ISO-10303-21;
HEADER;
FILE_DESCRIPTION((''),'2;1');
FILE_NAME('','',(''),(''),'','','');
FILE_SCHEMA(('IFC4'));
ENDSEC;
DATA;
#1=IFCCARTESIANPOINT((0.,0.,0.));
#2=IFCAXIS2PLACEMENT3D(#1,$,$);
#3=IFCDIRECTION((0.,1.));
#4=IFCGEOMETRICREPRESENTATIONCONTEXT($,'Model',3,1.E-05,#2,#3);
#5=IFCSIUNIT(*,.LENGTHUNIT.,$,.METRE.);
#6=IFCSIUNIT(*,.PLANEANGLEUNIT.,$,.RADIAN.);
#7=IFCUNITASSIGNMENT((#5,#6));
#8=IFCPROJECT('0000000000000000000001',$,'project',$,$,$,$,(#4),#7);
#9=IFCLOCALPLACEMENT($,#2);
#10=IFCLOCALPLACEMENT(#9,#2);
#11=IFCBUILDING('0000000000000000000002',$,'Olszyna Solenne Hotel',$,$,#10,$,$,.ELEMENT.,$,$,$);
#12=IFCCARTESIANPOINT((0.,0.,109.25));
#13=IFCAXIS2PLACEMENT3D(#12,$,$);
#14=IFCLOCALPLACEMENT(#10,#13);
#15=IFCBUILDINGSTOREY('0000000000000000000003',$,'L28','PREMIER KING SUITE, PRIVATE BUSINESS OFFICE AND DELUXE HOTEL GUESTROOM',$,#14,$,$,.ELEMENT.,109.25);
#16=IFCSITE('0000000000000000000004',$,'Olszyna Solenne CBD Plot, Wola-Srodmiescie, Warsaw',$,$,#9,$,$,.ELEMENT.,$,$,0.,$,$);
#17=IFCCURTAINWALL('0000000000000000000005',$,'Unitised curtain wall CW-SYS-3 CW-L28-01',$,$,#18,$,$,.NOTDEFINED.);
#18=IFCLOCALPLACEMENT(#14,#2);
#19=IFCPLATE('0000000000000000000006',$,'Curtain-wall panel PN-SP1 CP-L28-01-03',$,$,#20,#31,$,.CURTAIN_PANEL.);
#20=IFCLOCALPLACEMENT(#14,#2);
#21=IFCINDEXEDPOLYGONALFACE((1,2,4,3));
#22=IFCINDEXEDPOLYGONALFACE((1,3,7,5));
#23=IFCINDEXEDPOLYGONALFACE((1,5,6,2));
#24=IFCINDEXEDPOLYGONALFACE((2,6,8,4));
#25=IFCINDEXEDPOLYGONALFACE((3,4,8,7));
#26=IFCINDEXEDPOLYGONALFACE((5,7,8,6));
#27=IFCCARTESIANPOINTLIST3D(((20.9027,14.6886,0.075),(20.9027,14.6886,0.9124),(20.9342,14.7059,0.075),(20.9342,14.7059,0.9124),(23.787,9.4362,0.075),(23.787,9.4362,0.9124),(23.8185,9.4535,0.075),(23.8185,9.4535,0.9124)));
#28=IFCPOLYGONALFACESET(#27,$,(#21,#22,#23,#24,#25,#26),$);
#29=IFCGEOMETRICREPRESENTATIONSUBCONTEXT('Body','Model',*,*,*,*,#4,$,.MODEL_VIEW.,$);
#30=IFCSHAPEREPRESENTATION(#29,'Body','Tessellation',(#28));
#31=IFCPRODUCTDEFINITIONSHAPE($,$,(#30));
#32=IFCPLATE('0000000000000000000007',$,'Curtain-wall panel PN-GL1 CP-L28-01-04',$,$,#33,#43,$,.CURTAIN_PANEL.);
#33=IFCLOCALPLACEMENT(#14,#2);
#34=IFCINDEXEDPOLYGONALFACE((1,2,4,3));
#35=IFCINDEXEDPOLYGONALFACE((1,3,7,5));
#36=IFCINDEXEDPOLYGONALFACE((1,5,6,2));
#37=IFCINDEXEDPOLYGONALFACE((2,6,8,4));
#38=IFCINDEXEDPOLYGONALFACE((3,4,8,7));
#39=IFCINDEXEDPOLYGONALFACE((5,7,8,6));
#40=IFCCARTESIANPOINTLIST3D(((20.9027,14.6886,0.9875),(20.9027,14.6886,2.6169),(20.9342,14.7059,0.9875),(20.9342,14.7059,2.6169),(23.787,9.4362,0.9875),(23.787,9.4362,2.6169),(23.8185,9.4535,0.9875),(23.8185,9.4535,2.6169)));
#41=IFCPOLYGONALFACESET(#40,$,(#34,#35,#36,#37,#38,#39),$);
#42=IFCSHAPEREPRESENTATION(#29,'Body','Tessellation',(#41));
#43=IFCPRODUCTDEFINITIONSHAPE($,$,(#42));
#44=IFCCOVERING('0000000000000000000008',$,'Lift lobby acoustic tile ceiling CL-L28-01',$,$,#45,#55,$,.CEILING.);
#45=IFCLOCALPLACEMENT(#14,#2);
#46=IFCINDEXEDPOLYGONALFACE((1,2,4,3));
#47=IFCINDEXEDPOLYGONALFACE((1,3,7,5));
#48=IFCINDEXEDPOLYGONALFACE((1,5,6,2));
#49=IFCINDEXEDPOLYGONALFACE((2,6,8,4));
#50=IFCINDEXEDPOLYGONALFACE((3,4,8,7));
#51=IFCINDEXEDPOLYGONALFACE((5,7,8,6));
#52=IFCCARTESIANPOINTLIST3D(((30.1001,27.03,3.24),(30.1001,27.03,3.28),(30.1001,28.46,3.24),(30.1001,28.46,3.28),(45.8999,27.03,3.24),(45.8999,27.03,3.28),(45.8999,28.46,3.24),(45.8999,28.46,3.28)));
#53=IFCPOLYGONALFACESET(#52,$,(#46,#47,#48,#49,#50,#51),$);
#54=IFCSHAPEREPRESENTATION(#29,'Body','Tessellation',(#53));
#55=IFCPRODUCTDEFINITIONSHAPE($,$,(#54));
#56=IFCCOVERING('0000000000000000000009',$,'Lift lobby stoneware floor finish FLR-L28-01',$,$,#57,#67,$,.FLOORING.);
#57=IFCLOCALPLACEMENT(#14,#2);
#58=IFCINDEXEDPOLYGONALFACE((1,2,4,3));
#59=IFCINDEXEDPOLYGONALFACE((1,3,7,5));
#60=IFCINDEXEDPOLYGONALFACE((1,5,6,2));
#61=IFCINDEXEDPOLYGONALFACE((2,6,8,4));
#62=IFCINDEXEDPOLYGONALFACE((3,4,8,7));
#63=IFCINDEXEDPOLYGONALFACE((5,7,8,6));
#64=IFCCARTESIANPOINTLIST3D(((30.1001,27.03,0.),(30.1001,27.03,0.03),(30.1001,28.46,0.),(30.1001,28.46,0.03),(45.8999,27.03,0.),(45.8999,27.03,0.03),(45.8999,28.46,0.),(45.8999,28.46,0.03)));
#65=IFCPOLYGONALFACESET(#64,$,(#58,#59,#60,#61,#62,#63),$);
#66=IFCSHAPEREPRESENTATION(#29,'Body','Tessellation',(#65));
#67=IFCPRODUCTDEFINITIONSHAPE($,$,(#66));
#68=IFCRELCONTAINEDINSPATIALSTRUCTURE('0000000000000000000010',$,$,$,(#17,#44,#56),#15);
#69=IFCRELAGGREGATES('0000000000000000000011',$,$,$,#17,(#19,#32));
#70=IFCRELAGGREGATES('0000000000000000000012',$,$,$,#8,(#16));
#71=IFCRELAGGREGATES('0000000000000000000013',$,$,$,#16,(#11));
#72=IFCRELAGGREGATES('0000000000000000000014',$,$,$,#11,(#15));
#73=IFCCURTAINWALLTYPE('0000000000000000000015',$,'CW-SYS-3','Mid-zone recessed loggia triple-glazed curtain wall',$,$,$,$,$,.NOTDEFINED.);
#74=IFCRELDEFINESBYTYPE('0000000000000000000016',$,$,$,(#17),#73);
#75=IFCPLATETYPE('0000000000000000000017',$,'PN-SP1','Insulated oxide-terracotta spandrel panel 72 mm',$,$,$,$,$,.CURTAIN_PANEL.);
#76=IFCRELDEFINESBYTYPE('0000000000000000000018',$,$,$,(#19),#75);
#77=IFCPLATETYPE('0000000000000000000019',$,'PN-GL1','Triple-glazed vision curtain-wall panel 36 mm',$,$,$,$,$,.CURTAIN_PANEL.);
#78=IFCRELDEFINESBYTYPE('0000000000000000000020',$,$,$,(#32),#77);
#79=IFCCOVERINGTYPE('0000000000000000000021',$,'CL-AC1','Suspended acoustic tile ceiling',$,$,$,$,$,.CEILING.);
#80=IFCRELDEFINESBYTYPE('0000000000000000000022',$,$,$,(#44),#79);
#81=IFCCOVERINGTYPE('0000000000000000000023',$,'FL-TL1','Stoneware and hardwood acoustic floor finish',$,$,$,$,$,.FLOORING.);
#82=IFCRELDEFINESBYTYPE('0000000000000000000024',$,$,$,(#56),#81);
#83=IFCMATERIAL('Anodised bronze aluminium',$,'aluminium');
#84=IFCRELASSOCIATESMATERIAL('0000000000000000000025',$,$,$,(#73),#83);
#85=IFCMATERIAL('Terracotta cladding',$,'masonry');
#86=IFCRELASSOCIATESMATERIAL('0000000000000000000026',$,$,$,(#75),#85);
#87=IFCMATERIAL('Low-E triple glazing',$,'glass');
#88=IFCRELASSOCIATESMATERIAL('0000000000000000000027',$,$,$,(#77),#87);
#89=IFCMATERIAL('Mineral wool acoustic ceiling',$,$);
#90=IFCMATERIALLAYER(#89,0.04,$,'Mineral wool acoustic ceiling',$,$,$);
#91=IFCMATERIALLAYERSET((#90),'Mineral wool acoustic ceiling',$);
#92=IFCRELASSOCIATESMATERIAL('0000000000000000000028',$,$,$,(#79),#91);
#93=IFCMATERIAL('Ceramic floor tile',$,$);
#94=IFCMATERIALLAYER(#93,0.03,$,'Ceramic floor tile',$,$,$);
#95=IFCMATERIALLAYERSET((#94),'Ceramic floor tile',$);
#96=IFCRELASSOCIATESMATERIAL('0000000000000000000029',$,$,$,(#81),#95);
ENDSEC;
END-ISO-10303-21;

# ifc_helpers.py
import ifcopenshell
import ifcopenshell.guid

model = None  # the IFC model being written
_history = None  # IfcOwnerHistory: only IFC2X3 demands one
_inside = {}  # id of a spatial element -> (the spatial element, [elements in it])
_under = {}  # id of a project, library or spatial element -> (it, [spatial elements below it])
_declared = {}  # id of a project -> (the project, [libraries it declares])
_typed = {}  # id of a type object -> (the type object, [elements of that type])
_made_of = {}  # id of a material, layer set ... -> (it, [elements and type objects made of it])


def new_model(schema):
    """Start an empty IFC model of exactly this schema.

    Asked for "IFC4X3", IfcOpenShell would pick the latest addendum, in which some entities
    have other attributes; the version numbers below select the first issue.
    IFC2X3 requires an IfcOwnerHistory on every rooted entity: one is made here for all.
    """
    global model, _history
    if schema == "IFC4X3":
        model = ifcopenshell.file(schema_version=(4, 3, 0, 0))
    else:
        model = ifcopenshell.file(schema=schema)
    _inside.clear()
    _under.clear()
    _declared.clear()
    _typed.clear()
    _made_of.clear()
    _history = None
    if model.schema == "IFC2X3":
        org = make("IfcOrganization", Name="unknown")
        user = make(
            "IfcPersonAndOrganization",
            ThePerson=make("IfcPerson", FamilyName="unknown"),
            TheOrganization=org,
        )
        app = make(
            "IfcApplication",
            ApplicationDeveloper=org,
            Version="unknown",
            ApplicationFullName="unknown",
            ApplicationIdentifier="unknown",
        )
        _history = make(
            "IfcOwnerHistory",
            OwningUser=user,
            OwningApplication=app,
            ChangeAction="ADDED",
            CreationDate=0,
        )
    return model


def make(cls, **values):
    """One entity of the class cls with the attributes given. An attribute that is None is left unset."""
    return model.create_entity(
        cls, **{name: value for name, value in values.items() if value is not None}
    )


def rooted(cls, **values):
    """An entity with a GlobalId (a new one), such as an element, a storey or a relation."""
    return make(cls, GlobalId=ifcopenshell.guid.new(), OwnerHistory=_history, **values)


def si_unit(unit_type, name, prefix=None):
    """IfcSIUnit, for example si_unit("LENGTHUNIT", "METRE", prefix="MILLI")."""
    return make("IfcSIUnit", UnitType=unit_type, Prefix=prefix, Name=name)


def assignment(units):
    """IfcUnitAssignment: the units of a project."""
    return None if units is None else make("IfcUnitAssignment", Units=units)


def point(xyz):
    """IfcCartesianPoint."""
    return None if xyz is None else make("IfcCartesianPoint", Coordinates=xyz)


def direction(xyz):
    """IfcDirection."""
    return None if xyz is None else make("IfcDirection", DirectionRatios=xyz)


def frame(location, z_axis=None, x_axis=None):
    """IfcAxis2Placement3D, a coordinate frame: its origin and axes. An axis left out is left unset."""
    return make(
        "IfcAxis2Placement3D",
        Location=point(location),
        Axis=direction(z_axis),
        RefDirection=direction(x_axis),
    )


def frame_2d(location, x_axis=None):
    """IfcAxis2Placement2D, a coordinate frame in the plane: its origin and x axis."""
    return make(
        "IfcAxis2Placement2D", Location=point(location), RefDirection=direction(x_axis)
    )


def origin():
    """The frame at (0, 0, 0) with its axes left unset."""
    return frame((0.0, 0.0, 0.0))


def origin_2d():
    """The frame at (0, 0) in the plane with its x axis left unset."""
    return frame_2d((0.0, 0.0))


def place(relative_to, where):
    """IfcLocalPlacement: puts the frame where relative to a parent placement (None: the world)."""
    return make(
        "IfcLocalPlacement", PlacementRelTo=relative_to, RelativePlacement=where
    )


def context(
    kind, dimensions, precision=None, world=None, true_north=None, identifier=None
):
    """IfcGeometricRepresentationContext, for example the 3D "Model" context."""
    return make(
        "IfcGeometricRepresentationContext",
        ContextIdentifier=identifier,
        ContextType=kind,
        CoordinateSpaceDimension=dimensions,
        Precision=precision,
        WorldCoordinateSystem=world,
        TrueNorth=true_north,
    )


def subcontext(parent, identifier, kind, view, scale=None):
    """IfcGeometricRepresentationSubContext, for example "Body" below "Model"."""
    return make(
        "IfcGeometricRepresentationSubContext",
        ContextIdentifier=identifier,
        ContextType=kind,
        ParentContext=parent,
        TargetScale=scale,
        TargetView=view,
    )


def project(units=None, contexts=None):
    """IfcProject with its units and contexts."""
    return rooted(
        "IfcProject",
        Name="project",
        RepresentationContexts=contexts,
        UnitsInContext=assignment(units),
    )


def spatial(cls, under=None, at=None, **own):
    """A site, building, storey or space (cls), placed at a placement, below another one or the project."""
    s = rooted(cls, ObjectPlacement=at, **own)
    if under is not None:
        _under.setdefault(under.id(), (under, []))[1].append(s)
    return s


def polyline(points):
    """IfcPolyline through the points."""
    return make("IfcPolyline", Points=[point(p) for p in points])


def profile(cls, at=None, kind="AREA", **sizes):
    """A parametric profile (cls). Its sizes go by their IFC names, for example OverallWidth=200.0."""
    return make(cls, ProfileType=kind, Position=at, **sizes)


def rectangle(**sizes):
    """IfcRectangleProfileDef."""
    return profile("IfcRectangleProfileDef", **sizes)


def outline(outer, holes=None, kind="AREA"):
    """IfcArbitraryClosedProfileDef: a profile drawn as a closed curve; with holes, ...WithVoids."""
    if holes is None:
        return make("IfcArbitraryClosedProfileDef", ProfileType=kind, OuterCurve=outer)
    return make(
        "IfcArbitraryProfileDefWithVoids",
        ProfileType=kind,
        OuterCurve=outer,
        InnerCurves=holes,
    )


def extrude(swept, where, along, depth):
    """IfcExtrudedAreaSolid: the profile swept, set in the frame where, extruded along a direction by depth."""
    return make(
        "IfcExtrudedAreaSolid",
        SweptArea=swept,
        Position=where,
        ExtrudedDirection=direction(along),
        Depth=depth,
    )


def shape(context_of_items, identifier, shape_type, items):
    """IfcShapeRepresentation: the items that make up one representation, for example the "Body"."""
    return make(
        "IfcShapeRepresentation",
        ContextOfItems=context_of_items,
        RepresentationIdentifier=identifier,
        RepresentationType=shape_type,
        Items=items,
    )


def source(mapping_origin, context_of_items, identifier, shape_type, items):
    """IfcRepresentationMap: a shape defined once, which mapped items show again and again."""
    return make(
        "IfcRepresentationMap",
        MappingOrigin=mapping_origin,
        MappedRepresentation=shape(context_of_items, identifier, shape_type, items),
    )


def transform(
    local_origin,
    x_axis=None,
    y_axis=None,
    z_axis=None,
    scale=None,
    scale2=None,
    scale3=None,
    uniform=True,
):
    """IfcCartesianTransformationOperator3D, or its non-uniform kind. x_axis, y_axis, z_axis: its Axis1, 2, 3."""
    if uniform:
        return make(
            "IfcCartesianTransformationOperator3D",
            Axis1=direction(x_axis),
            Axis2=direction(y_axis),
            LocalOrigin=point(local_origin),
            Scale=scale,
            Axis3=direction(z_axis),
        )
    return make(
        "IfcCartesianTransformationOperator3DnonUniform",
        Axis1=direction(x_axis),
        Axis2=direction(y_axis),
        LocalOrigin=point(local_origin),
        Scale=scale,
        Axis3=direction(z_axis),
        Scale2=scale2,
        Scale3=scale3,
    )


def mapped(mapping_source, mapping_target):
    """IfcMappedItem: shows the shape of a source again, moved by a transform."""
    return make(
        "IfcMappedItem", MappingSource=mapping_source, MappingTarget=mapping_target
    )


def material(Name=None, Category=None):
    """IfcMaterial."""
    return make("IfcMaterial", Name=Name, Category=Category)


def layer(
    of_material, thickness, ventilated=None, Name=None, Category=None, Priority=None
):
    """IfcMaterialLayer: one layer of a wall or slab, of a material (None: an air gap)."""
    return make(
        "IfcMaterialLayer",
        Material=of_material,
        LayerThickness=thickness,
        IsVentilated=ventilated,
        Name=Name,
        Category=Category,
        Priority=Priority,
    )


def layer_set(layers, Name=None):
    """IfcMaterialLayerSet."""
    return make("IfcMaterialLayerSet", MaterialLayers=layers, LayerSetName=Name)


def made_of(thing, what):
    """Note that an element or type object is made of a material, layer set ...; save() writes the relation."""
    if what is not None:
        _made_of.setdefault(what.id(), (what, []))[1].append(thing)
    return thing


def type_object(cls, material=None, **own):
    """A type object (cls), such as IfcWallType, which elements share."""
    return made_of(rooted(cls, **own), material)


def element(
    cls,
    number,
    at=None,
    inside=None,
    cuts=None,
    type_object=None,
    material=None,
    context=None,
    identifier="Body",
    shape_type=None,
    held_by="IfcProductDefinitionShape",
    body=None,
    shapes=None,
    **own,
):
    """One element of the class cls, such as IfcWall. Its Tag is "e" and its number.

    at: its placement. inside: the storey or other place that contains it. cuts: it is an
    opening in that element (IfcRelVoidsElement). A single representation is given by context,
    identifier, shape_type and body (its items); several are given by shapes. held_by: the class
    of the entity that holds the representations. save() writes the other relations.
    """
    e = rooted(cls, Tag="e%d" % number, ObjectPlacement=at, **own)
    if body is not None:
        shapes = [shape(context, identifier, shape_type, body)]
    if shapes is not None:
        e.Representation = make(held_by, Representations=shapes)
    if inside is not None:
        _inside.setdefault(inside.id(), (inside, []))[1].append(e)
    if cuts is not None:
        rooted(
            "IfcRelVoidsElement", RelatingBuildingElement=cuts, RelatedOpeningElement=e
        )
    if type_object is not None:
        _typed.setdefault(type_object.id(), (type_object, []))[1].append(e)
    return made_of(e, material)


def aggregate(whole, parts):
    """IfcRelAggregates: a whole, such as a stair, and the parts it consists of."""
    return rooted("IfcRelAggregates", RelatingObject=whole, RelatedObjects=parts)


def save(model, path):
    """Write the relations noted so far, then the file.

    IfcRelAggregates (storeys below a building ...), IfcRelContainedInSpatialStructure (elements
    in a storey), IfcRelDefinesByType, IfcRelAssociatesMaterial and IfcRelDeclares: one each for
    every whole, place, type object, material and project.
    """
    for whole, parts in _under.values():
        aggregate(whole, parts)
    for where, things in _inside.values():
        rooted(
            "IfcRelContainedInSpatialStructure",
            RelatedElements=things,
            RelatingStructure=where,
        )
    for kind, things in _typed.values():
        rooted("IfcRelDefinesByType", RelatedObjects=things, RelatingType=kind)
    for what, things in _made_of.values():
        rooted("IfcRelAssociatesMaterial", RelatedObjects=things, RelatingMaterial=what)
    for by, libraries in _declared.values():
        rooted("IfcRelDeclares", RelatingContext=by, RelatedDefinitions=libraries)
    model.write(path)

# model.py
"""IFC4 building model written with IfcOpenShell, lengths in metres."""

from ifc_helpers import new_model, si_unit, direction, frame, origin, origin_2d, place, context, subcontext, project, spatial, polyline, rectangle, outline, extrude, source, transform, mapped, material, layer, layer_set, type_object, element, aggregate, save


model = new_model("IFC4")

# Units and contexts
model_context = context("Model", 3, precision=1e-05, world=origin(), true_north=direction((0.0, 1.0)))
body_context = subcontext(model_context, "Body", "Model", "MODEL_VIEW")
ifc_project = project(units=[si_unit("LENGTHUNIT", "METRE"), si_unit("PLANEANGLEUNIT", "RADIAN")], contexts=[model_context])

# Site, building, storey
site_placement = place(None, origin())
site = spatial("IfcSite", under=ifc_project, at=site_placement, Name="Olszyna Solenne CBD Plot, Wola-Srodmiescie, Warsaw", CompositionType="ELEMENT", RefElevation=0.0)
building_placement = place(site_placement, origin())
building = spatial("IfcBuilding", under=site, at=building_placement, Name="Olszyna Solenne Hotel", CompositionType="ELEMENT")
storey_placement = place(building_placement, frame((0.0, 0.0, 109.25)))
storey = spatial("IfcBuildingStorey", under=building, at=storey_placement, Name="L28", Description="PREMIER KING SUITE, PRIVATE BUSINESS OFFICE AND DELUXE HOTEL GUESTROOM", CompositionType="ELEMENT", Elevation=109.25)

# Curtain wall
ifc_material_1 = material(Name="Anodised bronze aluminium", Category="aluminium")
curtain_wall_type = type_object("IfcCurtainWallType", Name="CW-SYS-3", Description="Mid-zone recessed loggia triple-glazed curtain wall", PredefinedType="NOTDEFINED", material=ifc_material_1)
curtain_wall_placement = place(storey_placement, origin())
curtain_wall = element("IfcCurtainWall", 1, at=curtain_wall_placement, inside=storey, type_object=curtain_wall_type, Name="Unitised curtain wall CW-SYS-3 CW-L28-01", PredefinedType="NOTDEFINED")

# Plates
ifc_material_2 = material(Name="Terracotta cladding", Category="masonry")
plate_type_1 = type_object("IfcPlateType", Name="PN-SP1", Description="Insulated oxide-terracotta spandrel panel 72 mm", PredefinedType="CURTAIN_PANEL", material=ifc_material_2)
ifc_material_3 = material(Name="Low-E triple glazing", Category="glass")
plate_type_2 = type_object("IfcPlateType", Name="PN-GL1", Description="Triple-glazed vision curtain-wall panel 36 mm", PredefinedType="CURTAIN_PANEL", material=ifc_material_3)
shared_shape_1 = source(origin(), body_context, "Body", "SweptSolid", [
    extrude(rectangle(XDim=5.9922, YDim=0.0359, at=origin_2d()), origin(), (0.0, 0.0, 1.0), 0.8374),
])
plate_1_placement = place(storey_placement, frame((22.3606, 12.071, 0.075), z_axis=(0.0, 0.0, 1.0), x_axis=(0.481338, -0.876535, 0.0)))
plate_1 = element("IfcPlate", 2, at=plate_1_placement, type_object=plate_type_1, Name="Curtain-wall panel PN-SP1 CP-L28-01-03", PredefinedType="CURTAIN_PANEL", context=body_context, shape_type="MappedRepresentation", body=[
    mapped(shared_shape_1, transform((0.0, 0.0, 0.0), x_axis=(1.0, 0.0, 0.0), y_axis=(0.0, 1.0, 0.0), z_axis=(0.0, 0.0, 1.0), scale=1.0)),
])
shared_shape_2 = source(origin(), body_context, "Body", "SweptSolid", [
    extrude(rectangle(XDim=5.9922, YDim=0.0359, at=origin_2d()), origin(), (0.0, 0.0, 1.0), 1.6294),
])
plate_2_placement = place(storey_placement, frame((22.3606, 12.071, 0.9875), z_axis=(0.0, 0.0, 1.0), x_axis=(0.481338, -0.876535, 0.0)))
plate_2 = element("IfcPlate", 3, at=plate_2_placement, type_object=plate_type_2, Name="Curtain-wall panel PN-GL1 CP-L28-01-04", PredefinedType="CURTAIN_PANEL", context=body_context, shape_type="MappedRepresentation", body=[
    mapped(shared_shape_2, transform((0.0, 0.0, 0.0), x_axis=(1.0, 0.0, 0.0), y_axis=(0.0, 1.0, 0.0), z_axis=(0.0, 0.0, 1.0), scale=1.0)),
])
aggregate(curtain_wall, [plate_1, plate_2])

# Coverings
ifc_material_4 = material(Name="Mineral wool acoustic ceiling")
ifc_layer_1 = layer(ifc_material_4, 0.04, Name="Mineral wool acoustic ceiling")
ifc_layer_set_1 = layer_set([ifc_layer_1], Name="Mineral wool acoustic ceiling")
covering_type_1 = type_object("IfcCoveringType", Name="CL-AC1", Description="Suspended acoustic tile ceiling", PredefinedType="CEILING", material=ifc_layer_set_1)
covering_1_placement = place(storey_placement, frame((0.0, 0.0, 3.24)))
element("IfcCovering", 4, at=covering_1_placement, inside=storey, type_object=covering_type_1, Name="Lift lobby acoustic tile ceiling CL-L28-01", PredefinedType="CEILING", context=body_context, shape_type="SweptSolid", body=[
    extrude(outline(polyline([(30.1001, 27.03), (45.8999, 27.03), (45.8999, 28.46), (30.1001, 28.46), (30.1001, 27.03)])), origin(), (0.0, 0.0, 1.0), 0.04),
])
ifc_material_5 = material(Name="Ceramic floor tile")
ifc_layer_2 = layer(ifc_material_5, 0.03, Name="Ceramic floor tile")
ifc_layer_set_2 = layer_set([ifc_layer_2], Name="Ceramic floor tile")
covering_type_2 = type_object("IfcCoveringType", Name="FL-TL1", Description="Stoneware and hardwood acoustic floor finish", PredefinedType="FLOORING", material=ifc_layer_set_2)
covering_2_placement = place(storey_placement, origin())
element("IfcCovering", 5, at=covering_2_placement, inside=storey, type_object=covering_type_2, Name="Lift lobby stoneware floor finish FLR-L28-01", PredefinedType="FLOORING", context=body_context, shape_type="SweptSolid", body=[
    extrude(outline(polyline([(30.1001, 27.03), (45.8999, 27.03), (45.8999, 28.46), (30.1001, 28.46), (30.1001, 27.03)])), origin(), (0.0, 0.0, 1.0), 0.03),
])

save(model, "model.ifc")
